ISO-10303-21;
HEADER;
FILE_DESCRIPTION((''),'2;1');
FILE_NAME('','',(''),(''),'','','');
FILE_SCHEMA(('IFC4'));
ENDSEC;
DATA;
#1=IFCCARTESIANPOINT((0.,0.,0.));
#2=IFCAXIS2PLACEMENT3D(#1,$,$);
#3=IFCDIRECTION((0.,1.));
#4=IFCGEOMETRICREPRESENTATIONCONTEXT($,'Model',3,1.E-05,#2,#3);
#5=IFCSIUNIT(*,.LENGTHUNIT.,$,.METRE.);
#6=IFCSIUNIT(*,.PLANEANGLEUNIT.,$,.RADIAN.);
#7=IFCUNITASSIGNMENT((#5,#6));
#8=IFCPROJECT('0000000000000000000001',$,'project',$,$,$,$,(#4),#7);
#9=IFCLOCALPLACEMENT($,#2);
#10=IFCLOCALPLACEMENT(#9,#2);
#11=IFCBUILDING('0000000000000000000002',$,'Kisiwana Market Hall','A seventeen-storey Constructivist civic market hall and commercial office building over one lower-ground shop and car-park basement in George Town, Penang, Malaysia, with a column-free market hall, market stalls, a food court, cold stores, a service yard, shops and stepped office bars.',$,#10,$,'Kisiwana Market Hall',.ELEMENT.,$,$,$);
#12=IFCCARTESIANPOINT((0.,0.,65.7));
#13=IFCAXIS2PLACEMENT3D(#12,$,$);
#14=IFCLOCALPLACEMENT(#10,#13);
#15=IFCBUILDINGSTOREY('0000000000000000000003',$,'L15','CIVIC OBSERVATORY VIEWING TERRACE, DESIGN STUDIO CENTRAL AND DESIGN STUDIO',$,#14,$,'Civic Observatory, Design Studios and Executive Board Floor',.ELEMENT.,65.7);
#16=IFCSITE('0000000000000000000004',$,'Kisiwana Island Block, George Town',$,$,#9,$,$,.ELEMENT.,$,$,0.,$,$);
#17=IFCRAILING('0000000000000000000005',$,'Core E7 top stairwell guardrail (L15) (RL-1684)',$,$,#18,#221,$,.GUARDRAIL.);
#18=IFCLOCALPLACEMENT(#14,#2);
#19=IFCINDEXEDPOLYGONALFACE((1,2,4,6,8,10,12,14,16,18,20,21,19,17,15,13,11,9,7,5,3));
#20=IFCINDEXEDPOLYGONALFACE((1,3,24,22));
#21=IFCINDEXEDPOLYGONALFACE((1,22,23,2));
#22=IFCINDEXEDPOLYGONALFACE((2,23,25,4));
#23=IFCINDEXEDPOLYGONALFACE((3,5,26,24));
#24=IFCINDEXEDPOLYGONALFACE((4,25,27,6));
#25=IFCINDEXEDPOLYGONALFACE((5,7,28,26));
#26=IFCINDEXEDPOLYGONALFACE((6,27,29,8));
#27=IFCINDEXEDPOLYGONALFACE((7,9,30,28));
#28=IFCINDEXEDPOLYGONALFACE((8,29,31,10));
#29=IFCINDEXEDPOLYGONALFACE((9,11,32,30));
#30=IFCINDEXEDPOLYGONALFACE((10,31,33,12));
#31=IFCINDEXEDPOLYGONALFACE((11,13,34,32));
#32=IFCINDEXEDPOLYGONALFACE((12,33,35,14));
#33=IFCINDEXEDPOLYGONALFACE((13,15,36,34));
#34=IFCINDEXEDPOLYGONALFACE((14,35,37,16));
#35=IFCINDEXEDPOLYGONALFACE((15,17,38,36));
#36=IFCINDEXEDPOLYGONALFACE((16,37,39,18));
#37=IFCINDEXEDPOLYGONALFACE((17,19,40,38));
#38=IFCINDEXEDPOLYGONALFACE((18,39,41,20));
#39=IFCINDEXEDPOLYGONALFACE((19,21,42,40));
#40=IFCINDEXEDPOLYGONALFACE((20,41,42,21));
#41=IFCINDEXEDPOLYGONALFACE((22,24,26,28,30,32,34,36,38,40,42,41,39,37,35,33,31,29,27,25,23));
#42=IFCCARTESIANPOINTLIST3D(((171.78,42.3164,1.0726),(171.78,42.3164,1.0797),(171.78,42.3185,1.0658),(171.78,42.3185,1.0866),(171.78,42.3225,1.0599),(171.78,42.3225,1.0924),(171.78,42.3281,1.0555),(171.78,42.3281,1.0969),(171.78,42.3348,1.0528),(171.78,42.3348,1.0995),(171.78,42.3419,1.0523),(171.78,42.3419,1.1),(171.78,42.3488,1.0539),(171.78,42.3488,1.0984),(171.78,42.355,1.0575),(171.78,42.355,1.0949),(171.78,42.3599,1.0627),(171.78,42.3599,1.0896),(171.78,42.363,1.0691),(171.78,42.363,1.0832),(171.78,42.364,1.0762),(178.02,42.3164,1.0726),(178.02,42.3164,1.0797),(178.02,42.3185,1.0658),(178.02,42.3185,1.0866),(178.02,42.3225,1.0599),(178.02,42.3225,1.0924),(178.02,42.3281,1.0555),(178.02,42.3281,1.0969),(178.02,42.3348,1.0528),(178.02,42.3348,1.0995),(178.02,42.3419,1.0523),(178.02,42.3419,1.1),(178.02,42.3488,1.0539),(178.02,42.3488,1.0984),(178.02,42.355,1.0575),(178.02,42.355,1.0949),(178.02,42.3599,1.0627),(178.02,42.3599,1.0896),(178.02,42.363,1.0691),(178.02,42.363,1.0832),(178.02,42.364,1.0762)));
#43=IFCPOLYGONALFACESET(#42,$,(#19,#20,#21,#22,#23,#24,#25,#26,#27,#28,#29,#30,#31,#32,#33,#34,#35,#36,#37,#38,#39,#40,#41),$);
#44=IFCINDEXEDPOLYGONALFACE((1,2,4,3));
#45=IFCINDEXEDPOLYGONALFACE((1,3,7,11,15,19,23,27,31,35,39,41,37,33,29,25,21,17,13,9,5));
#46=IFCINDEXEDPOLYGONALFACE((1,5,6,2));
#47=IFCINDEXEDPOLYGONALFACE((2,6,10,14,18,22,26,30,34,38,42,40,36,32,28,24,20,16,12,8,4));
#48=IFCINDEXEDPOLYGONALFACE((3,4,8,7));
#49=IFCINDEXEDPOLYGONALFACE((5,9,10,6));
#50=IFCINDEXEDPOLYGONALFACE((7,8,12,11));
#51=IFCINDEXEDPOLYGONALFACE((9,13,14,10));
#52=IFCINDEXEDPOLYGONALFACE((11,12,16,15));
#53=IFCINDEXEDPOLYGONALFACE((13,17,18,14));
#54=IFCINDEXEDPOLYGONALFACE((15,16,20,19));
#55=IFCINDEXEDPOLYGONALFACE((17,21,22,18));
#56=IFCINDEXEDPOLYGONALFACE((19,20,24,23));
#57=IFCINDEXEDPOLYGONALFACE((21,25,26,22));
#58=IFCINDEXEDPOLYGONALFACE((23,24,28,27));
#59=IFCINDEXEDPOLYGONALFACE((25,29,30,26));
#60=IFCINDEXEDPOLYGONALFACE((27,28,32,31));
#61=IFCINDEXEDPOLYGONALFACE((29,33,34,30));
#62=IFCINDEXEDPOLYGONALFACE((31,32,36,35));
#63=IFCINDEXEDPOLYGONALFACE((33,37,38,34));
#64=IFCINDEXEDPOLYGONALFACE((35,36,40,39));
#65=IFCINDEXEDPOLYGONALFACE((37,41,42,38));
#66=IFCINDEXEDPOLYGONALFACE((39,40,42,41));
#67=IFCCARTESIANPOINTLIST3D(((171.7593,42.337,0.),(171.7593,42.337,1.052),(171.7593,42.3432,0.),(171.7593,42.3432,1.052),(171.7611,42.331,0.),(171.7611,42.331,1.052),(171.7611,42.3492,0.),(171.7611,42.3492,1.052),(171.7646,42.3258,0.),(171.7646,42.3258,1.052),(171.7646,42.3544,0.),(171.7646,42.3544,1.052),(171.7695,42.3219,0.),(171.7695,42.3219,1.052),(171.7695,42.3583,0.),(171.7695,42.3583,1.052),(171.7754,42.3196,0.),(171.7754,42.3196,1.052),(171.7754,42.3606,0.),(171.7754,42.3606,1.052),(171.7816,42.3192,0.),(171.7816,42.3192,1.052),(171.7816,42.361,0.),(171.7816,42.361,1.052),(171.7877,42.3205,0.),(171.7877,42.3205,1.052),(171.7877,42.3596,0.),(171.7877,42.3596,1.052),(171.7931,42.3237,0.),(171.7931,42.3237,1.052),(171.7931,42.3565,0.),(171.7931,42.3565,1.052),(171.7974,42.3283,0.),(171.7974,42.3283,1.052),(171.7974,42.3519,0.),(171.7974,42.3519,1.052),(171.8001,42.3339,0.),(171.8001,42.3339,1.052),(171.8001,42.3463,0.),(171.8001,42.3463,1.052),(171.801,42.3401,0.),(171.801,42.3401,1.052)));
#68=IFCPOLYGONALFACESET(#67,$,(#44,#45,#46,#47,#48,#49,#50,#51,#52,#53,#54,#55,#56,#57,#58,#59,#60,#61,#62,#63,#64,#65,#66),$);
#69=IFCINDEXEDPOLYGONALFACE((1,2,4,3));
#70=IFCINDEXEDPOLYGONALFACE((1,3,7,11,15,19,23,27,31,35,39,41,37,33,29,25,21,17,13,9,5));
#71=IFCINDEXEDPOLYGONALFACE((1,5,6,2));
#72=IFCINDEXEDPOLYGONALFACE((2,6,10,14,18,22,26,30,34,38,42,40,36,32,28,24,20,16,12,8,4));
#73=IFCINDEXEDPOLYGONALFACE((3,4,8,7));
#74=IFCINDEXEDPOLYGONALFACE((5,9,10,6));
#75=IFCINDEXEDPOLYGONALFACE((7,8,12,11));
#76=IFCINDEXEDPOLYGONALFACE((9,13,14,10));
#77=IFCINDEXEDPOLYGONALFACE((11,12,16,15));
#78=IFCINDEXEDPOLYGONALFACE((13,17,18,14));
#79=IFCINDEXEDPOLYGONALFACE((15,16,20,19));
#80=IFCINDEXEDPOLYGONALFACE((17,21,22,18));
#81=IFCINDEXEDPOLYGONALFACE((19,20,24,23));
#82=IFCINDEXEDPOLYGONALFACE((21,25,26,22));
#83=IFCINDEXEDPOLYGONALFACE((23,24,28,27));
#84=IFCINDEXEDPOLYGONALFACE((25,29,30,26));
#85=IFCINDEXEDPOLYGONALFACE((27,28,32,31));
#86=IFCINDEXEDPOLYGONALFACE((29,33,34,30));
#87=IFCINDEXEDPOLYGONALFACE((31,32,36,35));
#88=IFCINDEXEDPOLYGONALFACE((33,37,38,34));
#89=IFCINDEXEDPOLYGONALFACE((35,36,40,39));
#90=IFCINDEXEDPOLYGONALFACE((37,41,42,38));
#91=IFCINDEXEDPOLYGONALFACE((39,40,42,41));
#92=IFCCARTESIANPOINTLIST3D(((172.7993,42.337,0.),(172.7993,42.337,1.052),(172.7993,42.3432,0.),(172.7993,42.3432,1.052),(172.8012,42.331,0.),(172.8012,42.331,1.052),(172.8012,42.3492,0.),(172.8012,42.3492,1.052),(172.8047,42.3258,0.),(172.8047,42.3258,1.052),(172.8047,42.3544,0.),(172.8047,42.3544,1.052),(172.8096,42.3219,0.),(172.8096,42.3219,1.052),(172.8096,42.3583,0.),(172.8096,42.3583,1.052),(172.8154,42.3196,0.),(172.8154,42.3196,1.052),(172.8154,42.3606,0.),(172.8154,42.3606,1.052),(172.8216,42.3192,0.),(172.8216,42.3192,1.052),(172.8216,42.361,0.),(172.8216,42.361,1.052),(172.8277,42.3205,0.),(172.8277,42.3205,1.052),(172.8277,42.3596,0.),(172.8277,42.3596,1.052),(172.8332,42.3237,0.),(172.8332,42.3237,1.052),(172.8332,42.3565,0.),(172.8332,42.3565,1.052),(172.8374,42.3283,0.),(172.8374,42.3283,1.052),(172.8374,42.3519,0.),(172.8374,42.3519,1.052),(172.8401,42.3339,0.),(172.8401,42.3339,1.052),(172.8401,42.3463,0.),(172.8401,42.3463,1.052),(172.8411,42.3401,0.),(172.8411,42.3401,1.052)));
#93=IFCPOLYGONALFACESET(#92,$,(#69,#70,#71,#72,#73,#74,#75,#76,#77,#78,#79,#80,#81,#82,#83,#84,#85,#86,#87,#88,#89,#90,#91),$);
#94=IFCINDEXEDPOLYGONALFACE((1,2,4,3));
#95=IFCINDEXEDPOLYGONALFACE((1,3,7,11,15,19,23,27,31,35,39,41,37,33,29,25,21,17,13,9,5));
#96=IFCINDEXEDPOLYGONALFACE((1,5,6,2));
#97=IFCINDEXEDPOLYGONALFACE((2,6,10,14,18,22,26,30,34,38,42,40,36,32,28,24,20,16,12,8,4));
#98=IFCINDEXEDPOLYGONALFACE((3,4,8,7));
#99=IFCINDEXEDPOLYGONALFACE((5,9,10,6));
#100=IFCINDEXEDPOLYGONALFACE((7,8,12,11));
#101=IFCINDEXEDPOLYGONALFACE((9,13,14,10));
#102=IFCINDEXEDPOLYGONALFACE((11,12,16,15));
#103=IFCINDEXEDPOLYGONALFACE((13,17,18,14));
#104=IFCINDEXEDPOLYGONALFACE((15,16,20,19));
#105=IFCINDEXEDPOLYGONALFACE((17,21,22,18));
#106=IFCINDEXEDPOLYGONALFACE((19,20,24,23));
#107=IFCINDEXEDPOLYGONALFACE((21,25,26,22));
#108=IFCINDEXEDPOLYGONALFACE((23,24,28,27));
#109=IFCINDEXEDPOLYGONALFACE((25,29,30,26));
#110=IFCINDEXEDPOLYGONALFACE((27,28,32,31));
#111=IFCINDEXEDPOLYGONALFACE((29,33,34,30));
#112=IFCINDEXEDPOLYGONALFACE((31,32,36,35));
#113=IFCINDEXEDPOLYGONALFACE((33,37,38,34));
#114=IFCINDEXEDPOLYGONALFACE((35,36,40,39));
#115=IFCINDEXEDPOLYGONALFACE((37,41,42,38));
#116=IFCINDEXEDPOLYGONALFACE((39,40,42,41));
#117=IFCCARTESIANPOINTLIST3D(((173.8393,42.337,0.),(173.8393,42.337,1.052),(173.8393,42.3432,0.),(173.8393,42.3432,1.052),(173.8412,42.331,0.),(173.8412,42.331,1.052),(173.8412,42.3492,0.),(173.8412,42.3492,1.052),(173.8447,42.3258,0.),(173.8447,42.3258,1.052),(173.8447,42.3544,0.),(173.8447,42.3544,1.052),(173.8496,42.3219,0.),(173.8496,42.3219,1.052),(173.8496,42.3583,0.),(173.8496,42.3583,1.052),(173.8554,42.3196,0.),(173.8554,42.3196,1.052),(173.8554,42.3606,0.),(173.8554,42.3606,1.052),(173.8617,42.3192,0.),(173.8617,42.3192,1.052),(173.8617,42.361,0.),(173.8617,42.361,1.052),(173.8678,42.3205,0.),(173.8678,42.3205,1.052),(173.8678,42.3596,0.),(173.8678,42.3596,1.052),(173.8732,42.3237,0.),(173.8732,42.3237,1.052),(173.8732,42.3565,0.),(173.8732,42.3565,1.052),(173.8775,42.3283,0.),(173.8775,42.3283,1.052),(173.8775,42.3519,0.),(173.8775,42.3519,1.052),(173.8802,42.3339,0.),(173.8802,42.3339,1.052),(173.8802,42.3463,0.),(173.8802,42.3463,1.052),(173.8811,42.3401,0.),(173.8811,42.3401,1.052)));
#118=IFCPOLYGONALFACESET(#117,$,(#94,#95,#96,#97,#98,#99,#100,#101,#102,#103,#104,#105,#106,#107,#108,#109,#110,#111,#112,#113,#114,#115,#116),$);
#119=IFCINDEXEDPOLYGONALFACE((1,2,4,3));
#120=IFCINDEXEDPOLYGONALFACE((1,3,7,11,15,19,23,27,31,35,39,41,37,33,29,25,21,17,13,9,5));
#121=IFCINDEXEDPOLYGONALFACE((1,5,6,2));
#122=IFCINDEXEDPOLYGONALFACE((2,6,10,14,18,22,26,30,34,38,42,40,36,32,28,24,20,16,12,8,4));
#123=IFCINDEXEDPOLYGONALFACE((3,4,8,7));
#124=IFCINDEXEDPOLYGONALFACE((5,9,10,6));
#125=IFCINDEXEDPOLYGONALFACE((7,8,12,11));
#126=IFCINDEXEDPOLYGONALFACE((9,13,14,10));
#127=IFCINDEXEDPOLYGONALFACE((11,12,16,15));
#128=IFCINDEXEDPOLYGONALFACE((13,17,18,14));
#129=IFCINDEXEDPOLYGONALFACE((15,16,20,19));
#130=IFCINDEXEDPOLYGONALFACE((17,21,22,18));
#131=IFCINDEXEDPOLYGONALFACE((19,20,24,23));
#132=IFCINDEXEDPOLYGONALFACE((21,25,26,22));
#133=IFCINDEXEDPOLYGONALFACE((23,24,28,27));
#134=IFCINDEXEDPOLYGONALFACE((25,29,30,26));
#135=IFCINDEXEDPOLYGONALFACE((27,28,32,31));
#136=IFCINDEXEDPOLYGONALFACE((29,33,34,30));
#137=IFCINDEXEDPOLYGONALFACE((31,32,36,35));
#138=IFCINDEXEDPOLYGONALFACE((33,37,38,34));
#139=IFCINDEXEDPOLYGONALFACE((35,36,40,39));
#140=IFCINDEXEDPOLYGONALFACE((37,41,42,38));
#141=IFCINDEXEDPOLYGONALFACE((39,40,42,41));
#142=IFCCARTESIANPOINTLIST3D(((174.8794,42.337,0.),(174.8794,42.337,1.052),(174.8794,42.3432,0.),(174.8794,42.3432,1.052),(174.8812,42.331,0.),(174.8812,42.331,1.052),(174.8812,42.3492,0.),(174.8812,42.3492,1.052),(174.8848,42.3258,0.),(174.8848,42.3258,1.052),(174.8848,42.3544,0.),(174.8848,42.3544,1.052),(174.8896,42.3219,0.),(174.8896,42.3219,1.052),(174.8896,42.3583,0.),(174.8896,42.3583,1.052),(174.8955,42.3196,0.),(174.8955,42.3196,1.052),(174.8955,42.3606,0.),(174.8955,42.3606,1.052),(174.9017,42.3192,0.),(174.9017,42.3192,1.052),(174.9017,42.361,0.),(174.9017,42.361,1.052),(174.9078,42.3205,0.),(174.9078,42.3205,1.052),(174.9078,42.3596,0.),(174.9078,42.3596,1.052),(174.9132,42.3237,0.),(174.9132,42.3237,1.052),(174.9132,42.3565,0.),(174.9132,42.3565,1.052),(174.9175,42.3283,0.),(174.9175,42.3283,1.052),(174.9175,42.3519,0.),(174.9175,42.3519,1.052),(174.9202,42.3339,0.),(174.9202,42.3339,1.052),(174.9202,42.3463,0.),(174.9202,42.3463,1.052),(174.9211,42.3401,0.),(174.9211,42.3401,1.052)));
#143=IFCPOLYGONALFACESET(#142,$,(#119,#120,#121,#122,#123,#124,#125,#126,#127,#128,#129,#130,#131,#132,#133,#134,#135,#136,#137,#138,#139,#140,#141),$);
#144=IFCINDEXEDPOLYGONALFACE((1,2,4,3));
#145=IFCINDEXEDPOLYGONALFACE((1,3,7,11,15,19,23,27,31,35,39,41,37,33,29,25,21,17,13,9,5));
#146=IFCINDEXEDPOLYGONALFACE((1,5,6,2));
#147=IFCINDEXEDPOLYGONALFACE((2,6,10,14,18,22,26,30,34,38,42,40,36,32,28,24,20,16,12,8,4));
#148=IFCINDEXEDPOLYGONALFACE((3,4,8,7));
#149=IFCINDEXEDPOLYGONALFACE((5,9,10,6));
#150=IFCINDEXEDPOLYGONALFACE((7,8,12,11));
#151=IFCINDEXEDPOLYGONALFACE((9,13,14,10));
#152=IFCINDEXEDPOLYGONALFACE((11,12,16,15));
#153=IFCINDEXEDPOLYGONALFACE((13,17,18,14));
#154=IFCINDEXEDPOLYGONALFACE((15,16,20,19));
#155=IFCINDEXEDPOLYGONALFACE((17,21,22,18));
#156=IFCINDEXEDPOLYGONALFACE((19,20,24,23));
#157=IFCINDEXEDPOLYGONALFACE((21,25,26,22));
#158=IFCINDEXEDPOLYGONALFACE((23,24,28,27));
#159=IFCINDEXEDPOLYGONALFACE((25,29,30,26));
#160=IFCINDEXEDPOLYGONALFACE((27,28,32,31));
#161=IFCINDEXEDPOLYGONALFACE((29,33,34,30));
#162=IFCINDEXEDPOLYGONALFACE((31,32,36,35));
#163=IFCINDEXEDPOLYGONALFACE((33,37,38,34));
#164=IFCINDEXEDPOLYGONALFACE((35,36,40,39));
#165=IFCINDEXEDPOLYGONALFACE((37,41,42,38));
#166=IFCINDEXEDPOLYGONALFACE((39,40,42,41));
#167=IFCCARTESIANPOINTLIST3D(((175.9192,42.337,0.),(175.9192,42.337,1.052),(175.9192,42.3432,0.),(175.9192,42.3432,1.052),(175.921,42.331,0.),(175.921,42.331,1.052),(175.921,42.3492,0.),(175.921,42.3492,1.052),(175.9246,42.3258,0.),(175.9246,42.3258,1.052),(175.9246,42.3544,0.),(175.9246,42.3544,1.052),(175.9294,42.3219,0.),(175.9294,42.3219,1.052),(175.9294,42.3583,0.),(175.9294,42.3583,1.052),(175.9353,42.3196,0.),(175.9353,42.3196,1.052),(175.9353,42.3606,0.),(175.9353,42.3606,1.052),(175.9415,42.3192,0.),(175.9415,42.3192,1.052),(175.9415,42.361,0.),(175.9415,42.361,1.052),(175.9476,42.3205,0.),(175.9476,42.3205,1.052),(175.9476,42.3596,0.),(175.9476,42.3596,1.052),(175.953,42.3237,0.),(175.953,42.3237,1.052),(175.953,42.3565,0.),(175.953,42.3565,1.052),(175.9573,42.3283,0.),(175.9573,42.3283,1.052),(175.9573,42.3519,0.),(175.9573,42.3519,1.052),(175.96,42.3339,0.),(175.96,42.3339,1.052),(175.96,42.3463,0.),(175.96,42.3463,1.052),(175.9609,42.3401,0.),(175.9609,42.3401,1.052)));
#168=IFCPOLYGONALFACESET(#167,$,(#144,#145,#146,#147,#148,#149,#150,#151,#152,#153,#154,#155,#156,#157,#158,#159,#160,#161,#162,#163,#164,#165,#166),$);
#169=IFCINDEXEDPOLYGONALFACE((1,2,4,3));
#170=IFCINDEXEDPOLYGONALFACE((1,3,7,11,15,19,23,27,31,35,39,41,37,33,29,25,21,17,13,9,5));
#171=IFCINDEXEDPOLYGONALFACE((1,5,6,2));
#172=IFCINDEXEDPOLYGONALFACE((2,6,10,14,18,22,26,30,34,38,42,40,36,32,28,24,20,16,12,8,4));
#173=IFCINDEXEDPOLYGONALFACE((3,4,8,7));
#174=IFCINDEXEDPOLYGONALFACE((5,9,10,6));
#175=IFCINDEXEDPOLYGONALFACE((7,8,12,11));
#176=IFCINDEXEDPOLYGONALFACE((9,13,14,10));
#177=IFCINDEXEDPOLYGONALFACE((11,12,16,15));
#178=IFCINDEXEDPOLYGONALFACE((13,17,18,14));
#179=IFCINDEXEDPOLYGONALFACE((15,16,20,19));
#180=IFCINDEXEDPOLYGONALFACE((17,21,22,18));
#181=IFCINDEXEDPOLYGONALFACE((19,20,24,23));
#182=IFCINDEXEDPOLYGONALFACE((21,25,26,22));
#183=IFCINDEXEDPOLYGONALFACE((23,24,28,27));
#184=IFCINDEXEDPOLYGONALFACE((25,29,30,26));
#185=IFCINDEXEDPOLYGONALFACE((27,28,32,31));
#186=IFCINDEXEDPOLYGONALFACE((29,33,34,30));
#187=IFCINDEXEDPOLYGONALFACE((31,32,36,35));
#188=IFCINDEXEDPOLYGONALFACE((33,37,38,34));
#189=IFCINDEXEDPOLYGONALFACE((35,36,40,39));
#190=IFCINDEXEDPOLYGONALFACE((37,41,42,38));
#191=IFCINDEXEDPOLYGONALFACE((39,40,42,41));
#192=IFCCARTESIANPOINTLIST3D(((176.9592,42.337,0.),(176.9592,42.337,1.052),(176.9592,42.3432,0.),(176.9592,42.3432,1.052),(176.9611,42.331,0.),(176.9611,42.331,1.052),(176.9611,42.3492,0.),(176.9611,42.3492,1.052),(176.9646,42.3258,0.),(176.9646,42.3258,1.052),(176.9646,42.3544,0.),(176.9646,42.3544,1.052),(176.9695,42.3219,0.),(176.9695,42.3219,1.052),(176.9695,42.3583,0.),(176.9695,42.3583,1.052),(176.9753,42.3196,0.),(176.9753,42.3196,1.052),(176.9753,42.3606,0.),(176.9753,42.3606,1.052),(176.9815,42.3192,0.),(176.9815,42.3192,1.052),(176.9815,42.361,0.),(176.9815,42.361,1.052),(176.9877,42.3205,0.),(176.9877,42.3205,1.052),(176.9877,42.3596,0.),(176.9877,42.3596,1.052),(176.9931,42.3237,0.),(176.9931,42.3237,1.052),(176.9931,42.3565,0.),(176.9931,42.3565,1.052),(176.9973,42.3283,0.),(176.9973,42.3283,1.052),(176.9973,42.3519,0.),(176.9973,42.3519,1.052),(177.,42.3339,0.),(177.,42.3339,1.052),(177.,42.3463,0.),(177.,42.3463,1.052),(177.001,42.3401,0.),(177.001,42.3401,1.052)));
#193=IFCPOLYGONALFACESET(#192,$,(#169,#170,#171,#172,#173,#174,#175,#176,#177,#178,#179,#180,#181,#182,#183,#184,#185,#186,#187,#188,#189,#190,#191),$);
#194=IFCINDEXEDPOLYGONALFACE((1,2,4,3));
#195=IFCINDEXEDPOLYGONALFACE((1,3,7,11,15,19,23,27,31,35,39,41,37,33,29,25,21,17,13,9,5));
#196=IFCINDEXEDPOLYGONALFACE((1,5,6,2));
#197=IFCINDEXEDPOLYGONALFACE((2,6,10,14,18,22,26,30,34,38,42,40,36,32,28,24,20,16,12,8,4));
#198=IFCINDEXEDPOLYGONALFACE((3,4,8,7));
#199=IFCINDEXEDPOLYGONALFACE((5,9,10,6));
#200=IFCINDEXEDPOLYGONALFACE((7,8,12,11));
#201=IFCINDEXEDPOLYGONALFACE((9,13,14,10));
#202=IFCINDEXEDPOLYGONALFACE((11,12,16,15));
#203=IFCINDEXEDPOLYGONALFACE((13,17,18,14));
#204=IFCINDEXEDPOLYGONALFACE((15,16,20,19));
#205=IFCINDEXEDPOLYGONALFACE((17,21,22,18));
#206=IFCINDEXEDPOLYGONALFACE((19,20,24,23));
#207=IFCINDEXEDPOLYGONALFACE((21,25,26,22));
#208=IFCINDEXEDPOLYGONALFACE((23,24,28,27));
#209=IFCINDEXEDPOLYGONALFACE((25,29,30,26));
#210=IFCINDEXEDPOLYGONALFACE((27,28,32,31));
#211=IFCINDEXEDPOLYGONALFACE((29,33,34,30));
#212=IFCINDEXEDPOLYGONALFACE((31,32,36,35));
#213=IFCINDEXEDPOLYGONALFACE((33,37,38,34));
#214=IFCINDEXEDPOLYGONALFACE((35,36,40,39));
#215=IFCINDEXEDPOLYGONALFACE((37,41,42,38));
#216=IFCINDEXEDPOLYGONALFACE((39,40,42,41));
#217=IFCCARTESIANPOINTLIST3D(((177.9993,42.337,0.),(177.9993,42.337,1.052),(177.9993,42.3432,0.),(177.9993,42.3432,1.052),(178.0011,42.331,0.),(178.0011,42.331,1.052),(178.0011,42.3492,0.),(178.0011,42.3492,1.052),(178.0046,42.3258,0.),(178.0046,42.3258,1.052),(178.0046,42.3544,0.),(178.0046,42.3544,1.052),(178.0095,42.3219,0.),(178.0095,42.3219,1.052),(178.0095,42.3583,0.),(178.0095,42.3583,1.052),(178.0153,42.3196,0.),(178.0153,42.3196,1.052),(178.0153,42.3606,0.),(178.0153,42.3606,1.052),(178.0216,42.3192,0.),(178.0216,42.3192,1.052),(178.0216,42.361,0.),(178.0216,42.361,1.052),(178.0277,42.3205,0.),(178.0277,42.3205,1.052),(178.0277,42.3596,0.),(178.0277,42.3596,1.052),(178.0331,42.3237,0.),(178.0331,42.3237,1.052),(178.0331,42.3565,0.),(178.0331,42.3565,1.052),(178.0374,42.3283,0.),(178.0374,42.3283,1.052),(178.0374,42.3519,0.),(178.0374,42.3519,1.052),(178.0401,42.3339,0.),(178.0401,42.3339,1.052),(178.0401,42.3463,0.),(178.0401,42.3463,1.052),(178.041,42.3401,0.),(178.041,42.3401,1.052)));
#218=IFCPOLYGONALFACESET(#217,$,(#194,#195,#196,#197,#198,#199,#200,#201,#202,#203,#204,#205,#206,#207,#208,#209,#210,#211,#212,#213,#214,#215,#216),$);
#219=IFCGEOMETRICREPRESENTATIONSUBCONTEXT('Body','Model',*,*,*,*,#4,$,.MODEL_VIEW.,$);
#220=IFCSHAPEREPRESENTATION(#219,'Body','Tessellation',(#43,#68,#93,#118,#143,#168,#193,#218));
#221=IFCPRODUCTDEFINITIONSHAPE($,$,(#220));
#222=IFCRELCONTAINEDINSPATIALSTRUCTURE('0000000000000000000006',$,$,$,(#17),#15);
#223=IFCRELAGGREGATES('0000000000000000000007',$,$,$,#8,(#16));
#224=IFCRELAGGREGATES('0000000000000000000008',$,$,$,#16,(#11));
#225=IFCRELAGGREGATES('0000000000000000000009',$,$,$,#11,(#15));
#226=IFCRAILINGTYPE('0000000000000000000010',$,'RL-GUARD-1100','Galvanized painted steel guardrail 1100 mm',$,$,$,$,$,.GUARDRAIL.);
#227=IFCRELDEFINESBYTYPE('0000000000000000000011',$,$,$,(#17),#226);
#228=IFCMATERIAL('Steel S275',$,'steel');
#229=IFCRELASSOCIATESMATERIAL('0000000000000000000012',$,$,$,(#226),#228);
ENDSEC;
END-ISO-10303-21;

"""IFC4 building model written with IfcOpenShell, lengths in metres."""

from ifc_helpers import new_model, si_unit, direction, frame, origin, origin_2d, place, context, subcontext, project, spatial, circle, extrude, material, type_object, element, save


model = new_model("IFC4")

# Units and contexts
model_context = context("Model", 3, precision=1e-05, world=origin(), true_north=direction((0.0, 1.0)))
body_context = subcontext(model_context, "Body", "Model", "MODEL_VIEW")
ifc_project = project(units=[si_unit("LENGTHUNIT", "METRE"), si_unit("PLANEANGLEUNIT", "RADIAN")], contexts=[model_context])

# Site, building, storey
site_placement = place(None, origin())
site = spatial("IfcSite", under=ifc_project, at=site_placement, Name="Kisiwana Island Block, George Town", CompositionType="ELEMENT", RefElevation=0.0)
building_placement = place(site_placement, origin())
building = spatial("IfcBuilding", under=site, at=building_placement, Name="Kisiwana Market Hall", Description="A seventeen-storey Constructivist civic market hall and commercial office building over one lower-ground shop and car-park basement in George Town, Penang, Malaysia, with a column-free market hall, market stalls, a food court, cold stores, a service yard, shops and stepped office bars.", LongName="Kisiwana Market Hall", CompositionType="ELEMENT")
storey_placement = place(building_placement, frame((0.0, 0.0, 65.7)))
storey = spatial("IfcBuildingStorey", under=building, at=storey_placement, Name="L15", Description="CIVIC OBSERVATORY VIEWING TERRACE, DESIGN STUDIO CENTRAL AND DESIGN STUDIO", LongName="Civic Observatory, Design Studios and Executive Board Floor", CompositionType="ELEMENT", Elevation=65.7)

# Railing
ifc_material_1 = material(Name="Steel S275", Category="steel")
railing_type = type_object("IfcRailingType", Name="RL-GUARD-1100", Description="Galvanized painted steel guardrail 1100 mm", PredefinedType="GUARDRAIL", material=ifc_material_1)
railing_1_placement = place(storey_placement, frame((171.78, 42.3401, 0.0)))
element("IfcRailing", 1, at=railing_1_placement, inside=storey, type_object=railing_type, Name="Core E7 top stairwell guardrail (L15) (RL-1684)", PredefinedType="GUARDRAIL", context=body_context, shape_type="SweptSolid", body=[
    extrude(circle(Radius=0.0239, at=origin_2d()), frame((0.0, 0.0, 1.0762), z_axis=(1.0, 0.0, 0.0), x_axis=(0.0, 1.0, 0.0)), (0.0, 0.0, 1.0), 6.24),
    extrude(circle(Radius=0.021, at=origin_2d()), origin(), (0.0, 0.0, 1.0), 1.052),
    extrude(circle(Radius=0.021, at=origin_2d()), frame((1.04, 0.0, 0.0)), (0.0, 0.0, 1.0), 1.052),
    extrude(circle(Radius=0.021, at=origin_2d()), frame((2.0801, 0.0, 0.0)), (0.0, 0.0, 1.0), 1.052),
    extrude(circle(Radius=0.021, at=origin_2d()), frame((3.1201, 0.0, 0.0)), (0.0, 0.0, 1.0), 1.052),
    extrude(circle(Radius=0.021, at=origin_2d()), frame((4.1599, 0.0, 0.0)), (0.0, 0.0, 1.0), 1.052),
    extrude(circle(Radius=0.021, at=origin_2d()), frame((5.2, 0.0, 0.0)), (0.0, 0.0, 1.0), 1.052),
    extrude(circle(Radius=0.021, at=origin_2d()), frame((6.24, 0.0, 0.0)), (0.0, 0.0, 1.0), 1.052),
])

save(model, "model.ifc")
